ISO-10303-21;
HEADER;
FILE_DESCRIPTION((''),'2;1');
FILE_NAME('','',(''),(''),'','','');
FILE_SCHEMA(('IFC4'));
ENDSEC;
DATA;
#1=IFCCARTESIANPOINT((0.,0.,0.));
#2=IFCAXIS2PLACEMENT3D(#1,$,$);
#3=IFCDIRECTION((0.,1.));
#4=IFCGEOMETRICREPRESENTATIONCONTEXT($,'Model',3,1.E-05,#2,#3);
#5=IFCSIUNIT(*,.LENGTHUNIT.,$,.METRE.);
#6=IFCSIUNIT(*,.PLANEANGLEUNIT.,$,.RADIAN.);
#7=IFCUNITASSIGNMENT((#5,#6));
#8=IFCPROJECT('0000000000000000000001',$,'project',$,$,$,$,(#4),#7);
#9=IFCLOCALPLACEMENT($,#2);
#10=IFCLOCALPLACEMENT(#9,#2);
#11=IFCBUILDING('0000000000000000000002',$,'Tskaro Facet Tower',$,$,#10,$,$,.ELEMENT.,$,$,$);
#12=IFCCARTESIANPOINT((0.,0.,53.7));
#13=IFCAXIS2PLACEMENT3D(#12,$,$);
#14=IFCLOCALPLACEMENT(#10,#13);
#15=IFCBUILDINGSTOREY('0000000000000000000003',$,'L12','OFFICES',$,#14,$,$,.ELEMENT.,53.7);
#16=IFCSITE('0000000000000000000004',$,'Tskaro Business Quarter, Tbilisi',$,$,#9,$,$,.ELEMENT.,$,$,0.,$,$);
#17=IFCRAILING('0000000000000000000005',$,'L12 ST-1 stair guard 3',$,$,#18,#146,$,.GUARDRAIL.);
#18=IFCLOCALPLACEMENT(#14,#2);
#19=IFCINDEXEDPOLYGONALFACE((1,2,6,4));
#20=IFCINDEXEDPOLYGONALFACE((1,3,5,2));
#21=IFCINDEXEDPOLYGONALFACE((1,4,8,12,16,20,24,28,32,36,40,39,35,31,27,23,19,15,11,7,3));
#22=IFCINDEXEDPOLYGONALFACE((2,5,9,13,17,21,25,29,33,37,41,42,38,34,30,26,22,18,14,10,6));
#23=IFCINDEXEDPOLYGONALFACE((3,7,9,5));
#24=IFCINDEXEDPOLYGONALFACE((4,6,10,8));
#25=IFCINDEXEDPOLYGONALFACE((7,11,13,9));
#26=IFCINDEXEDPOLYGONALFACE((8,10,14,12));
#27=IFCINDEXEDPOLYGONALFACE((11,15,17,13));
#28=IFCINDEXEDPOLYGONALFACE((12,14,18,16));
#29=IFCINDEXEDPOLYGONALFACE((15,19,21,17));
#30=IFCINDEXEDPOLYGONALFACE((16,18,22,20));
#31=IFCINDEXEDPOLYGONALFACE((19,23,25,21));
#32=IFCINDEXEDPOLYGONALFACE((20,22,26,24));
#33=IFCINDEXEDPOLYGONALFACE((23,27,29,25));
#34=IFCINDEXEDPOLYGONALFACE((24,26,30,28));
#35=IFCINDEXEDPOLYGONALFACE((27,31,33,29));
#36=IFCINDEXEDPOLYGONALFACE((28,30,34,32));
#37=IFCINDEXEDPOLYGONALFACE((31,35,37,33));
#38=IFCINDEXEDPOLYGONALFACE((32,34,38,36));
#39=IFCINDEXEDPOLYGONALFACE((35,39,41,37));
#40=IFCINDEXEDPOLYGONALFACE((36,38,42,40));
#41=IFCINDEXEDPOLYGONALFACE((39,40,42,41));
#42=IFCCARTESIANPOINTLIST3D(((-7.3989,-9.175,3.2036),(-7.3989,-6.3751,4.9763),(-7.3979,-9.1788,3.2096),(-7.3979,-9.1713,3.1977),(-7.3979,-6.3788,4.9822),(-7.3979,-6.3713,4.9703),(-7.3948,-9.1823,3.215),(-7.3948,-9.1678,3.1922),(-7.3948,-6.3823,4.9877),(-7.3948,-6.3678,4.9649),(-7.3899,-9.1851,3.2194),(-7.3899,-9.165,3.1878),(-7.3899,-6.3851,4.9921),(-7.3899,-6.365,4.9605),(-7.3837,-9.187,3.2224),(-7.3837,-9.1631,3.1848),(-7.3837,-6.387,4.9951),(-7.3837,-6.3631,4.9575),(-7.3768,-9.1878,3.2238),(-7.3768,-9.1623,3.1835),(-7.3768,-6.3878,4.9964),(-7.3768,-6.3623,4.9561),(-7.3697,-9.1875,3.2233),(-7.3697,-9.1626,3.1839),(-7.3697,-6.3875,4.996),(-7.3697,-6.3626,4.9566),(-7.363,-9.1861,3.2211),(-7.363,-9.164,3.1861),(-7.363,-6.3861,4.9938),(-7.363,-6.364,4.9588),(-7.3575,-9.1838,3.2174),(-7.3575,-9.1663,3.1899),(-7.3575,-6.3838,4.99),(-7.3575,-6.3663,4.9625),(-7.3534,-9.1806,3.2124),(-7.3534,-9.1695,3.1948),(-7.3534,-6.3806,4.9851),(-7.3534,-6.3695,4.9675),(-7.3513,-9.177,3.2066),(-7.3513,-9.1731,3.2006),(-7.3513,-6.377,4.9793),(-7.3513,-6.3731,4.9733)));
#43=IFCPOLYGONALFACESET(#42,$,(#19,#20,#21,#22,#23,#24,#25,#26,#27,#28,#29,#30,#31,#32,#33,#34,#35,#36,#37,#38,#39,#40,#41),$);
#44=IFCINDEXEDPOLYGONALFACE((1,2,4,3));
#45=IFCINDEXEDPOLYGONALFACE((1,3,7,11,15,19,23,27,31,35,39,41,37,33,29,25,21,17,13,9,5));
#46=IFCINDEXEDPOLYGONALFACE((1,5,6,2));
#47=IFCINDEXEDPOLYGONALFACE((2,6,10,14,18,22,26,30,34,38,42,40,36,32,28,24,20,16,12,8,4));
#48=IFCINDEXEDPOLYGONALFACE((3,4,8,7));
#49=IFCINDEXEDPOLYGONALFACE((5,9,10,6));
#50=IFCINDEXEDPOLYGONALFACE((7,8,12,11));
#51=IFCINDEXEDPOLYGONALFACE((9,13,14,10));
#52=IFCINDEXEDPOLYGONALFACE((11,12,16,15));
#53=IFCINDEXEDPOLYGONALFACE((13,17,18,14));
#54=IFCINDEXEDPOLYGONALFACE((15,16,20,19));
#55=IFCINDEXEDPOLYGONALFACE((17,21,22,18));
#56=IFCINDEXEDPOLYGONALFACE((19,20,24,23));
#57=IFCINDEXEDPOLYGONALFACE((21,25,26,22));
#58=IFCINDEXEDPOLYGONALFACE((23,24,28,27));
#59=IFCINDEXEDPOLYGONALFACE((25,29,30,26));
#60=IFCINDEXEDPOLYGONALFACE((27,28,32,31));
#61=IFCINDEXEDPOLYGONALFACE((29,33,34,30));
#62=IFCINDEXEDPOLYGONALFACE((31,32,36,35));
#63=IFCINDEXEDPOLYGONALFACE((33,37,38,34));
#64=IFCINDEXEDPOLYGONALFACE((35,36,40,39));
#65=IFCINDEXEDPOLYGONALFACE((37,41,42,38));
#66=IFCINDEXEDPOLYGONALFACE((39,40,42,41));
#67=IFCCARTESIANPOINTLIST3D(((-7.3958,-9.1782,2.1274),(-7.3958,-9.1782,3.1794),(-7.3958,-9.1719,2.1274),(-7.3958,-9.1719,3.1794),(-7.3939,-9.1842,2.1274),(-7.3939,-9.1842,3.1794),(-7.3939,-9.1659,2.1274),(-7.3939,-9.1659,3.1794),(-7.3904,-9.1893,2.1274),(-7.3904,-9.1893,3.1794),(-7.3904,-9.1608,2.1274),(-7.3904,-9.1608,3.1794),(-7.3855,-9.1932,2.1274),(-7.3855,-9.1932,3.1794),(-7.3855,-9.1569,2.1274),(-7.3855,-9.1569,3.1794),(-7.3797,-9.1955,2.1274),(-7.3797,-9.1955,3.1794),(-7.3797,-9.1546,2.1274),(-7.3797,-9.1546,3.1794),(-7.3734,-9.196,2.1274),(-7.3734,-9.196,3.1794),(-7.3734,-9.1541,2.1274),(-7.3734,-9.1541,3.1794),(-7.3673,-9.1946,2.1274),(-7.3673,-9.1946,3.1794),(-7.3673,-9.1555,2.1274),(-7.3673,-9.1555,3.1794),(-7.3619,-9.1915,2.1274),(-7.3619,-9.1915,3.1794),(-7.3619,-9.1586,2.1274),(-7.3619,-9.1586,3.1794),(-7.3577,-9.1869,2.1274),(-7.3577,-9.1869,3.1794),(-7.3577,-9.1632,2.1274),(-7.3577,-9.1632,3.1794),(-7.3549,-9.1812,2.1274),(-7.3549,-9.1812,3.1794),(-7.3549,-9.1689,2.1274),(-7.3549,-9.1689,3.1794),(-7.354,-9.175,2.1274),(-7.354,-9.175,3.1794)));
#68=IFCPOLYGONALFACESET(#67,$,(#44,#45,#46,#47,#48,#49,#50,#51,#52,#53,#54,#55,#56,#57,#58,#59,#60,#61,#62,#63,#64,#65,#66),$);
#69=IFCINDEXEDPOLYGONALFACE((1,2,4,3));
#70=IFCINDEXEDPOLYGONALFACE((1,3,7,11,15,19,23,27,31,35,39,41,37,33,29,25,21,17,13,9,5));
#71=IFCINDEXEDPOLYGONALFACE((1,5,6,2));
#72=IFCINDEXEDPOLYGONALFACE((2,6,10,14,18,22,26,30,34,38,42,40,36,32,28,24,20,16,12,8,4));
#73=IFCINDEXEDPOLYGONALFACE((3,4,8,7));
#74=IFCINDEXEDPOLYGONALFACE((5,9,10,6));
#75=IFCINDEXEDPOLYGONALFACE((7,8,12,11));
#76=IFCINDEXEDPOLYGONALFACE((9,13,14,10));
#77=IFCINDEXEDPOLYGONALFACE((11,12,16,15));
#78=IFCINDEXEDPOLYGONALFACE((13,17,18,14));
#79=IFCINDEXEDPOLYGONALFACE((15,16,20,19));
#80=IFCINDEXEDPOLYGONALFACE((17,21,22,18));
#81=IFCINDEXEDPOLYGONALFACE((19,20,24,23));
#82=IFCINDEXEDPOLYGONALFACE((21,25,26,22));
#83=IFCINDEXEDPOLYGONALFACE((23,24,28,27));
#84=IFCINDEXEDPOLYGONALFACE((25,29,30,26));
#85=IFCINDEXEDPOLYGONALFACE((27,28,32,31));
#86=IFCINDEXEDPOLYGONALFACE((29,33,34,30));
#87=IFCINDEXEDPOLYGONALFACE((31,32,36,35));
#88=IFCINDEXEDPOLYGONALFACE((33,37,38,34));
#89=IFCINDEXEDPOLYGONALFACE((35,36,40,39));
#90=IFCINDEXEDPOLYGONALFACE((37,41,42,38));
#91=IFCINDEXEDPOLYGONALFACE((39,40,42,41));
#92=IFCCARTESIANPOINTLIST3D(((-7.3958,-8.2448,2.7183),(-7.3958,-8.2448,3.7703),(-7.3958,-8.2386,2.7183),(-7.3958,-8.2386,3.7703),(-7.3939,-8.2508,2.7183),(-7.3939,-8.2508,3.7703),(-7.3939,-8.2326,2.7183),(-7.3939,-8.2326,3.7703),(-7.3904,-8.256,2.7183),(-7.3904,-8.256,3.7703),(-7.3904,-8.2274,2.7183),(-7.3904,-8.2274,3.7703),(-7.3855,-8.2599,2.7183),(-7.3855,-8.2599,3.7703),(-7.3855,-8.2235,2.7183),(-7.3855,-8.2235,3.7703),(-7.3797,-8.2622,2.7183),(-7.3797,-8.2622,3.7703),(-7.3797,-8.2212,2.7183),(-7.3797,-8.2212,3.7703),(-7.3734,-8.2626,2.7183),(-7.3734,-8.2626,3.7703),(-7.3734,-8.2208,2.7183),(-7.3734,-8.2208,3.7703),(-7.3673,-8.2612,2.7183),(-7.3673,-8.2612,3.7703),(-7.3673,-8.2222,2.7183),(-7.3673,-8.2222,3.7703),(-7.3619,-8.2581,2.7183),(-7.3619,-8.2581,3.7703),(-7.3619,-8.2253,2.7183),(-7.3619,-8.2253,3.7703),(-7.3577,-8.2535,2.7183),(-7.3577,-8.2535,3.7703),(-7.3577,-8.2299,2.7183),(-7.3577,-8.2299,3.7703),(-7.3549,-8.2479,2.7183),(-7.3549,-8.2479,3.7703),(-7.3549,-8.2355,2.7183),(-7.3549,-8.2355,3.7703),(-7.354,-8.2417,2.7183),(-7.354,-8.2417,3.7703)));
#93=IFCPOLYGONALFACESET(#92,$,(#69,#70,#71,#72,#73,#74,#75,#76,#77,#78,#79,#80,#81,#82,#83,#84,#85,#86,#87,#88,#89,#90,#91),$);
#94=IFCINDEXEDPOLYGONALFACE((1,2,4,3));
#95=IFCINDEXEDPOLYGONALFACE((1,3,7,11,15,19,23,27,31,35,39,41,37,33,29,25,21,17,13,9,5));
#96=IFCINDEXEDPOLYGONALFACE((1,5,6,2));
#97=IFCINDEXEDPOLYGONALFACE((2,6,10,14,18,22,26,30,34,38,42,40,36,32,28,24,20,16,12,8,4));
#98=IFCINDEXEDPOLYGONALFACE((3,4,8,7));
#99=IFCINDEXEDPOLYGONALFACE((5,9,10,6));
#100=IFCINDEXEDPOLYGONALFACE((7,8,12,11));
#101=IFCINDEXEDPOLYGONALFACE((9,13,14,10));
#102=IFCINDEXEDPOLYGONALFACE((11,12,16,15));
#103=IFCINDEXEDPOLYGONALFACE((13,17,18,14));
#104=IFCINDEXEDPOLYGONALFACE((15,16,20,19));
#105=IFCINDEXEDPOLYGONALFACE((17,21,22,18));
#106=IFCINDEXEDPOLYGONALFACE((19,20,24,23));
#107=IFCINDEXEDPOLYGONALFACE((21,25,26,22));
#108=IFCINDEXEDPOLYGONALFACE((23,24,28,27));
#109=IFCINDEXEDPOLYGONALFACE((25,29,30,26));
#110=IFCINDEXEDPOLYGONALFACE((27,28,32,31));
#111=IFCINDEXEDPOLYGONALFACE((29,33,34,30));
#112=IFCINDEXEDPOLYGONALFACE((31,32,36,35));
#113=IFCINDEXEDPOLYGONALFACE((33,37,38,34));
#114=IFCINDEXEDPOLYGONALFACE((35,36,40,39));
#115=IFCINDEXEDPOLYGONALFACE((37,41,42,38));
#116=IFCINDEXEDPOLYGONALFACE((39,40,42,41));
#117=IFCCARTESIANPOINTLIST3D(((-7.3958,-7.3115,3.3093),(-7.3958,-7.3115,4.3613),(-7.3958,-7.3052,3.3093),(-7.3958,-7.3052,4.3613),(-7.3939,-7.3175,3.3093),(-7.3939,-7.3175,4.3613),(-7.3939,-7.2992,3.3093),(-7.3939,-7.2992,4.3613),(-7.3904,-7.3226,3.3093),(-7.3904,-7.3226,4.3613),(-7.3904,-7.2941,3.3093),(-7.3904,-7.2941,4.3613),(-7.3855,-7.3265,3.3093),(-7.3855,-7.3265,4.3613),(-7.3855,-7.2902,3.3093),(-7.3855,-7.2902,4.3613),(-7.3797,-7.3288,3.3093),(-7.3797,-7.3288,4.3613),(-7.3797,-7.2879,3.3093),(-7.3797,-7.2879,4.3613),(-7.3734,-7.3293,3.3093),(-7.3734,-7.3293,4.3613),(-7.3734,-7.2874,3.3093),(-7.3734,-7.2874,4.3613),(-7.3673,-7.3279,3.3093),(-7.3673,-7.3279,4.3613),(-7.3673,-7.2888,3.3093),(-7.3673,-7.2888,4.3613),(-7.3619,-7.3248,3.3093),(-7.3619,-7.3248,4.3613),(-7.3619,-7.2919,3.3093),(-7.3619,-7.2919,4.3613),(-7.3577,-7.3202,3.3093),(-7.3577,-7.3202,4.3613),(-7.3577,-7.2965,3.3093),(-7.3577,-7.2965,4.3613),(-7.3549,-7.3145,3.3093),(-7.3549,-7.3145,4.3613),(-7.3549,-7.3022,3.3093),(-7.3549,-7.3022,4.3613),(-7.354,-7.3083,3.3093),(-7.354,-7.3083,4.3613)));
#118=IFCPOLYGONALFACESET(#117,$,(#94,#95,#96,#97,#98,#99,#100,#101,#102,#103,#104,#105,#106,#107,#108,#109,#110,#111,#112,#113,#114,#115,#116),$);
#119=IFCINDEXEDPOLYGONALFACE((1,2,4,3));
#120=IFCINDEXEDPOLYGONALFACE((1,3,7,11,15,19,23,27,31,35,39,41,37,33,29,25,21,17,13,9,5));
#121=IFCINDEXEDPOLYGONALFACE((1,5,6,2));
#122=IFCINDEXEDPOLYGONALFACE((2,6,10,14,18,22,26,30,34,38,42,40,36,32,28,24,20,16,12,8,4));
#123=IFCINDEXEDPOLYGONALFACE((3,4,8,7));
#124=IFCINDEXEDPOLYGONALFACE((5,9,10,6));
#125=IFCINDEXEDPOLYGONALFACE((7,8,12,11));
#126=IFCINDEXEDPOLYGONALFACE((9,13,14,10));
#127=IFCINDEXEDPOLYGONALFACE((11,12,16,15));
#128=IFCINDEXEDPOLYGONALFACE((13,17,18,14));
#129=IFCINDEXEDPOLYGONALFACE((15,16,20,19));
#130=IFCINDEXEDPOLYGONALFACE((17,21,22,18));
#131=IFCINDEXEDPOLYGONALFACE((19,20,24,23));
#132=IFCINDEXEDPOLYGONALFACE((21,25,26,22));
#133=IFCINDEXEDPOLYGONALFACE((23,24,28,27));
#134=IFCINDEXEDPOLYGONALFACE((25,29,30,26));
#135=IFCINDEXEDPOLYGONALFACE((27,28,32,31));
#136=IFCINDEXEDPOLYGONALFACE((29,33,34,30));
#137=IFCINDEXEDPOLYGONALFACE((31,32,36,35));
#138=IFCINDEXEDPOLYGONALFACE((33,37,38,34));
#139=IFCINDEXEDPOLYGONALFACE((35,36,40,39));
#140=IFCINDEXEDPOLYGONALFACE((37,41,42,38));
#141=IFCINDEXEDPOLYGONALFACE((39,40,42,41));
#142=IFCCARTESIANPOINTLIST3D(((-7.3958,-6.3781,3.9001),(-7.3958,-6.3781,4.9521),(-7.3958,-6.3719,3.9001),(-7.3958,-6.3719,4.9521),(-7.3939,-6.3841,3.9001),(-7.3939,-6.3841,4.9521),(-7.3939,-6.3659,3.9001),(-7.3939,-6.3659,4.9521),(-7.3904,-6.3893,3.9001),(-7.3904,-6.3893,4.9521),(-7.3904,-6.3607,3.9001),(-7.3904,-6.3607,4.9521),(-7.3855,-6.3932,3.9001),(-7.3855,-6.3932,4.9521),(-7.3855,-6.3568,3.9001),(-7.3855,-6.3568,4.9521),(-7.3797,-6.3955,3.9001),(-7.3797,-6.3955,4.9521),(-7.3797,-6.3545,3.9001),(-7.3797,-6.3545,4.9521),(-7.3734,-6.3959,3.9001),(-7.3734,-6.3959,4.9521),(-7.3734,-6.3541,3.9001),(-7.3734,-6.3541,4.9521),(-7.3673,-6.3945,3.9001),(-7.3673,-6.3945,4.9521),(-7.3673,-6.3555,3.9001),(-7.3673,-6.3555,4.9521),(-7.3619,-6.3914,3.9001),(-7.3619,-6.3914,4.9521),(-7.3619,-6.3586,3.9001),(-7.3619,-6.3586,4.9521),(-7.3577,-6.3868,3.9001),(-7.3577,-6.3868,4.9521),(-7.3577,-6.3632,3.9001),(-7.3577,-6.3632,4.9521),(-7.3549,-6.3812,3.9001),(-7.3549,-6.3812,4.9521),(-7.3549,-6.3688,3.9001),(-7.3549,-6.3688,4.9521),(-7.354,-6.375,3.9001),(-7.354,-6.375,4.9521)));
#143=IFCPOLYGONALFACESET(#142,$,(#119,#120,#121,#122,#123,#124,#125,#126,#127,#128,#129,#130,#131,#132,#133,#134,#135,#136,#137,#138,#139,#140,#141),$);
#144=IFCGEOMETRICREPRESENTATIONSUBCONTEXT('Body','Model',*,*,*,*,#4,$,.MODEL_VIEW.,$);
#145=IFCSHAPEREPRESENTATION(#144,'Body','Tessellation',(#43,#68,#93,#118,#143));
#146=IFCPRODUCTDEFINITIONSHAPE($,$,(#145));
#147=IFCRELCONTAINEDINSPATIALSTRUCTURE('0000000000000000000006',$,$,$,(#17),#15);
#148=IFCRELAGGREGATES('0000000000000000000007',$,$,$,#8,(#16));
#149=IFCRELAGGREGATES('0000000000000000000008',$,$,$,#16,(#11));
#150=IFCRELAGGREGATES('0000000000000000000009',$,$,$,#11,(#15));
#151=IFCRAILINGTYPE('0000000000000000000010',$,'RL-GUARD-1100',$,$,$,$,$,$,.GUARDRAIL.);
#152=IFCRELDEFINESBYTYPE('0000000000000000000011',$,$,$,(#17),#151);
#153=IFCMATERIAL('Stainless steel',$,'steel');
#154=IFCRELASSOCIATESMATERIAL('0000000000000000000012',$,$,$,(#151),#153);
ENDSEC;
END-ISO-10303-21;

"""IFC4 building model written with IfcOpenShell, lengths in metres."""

from ifc_helpers import new_model, si_unit, direction, frame, origin, origin_2d, place, context, subcontext, project, spatial, circle, extrude, material, type_object, element, save


model = new_model("IFC4")

# Units and contexts
model_context = context("Model", 3, precision=1e-05, world=origin(), true_north=direction((0.0, 1.0)))
body_context = subcontext(model_context, "Body", "Model", "MODEL_VIEW")
ifc_project = project(units=[si_unit("LENGTHUNIT", "METRE"), si_unit("PLANEANGLEUNIT", "RADIAN")], contexts=[model_context])

# Site, building, storey
site_placement = place(None, origin())
site = spatial("IfcSite", under=ifc_project, at=site_placement, Name="Tskaro Business Quarter, Tbilisi", CompositionType="ELEMENT", RefElevation=0.0)
building_placement = place(site_placement, origin())
building = spatial("IfcBuilding", under=site, at=building_placement, Name="Tskaro Facet Tower", CompositionType="ELEMENT")
storey_placement = place(building_placement, frame((0.0, 0.0, 53.7)))
storey = spatial("IfcBuildingStorey", under=building, at=storey_placement, Name="L12", Description="OFFICES", CompositionType="ELEMENT", Elevation=53.7)

# Shared definitions
ifc_material_1 = material(Name="Stainless steel", Category="steel")

# Railing
railing_type_1 = type_object("IfcRailingType", Name="RL-GUARD-1100", PredefinedType="GUARDRAIL", material=ifc_material_1)
railing_1_placement = place(storey_placement, frame((-7.375, -9.175, 2.1274)))
element("IfcRailing", 1, at=railing_1_placement, inside=storey, type_object=railing_type_1, Name="L12 ST-1 stair guard 3", PredefinedType="GUARDRAIL", context=body_context, shape_type="SweptSolid", body=[
    extrude(circle(Radius=0.0239, at=origin_2d()), frame((0.0, 0.0, 1.0762), z_axis=(0.0, 0.844909, 0.53491), x_axis=(-1.0, 0.0, 0.0)), (0.0, 0.0, 1.0), 3.314),
    extrude(circle(Radius=0.021, at=origin_2d()), origin(), (0.0, 0.0, 1.0), 1.052),
    extrude(circle(Radius=0.021, at=origin_2d()), frame((0.0, 0.9333, 0.5908)), (0.0, 0.0, 1.0), 1.052),
    extrude(circle(Radius=0.021, at=origin_2d()), frame((0.0, 1.8667, 1.1819)), (0.0, 0.0, 1.0), 1.052),
    extrude(circle(Radius=0.021, at=origin_2d()), frame((0.0, 2.8, 1.7727)), (0.0, 0.0, 1.0), 1.052),
])

save(model, "model.ifc")
